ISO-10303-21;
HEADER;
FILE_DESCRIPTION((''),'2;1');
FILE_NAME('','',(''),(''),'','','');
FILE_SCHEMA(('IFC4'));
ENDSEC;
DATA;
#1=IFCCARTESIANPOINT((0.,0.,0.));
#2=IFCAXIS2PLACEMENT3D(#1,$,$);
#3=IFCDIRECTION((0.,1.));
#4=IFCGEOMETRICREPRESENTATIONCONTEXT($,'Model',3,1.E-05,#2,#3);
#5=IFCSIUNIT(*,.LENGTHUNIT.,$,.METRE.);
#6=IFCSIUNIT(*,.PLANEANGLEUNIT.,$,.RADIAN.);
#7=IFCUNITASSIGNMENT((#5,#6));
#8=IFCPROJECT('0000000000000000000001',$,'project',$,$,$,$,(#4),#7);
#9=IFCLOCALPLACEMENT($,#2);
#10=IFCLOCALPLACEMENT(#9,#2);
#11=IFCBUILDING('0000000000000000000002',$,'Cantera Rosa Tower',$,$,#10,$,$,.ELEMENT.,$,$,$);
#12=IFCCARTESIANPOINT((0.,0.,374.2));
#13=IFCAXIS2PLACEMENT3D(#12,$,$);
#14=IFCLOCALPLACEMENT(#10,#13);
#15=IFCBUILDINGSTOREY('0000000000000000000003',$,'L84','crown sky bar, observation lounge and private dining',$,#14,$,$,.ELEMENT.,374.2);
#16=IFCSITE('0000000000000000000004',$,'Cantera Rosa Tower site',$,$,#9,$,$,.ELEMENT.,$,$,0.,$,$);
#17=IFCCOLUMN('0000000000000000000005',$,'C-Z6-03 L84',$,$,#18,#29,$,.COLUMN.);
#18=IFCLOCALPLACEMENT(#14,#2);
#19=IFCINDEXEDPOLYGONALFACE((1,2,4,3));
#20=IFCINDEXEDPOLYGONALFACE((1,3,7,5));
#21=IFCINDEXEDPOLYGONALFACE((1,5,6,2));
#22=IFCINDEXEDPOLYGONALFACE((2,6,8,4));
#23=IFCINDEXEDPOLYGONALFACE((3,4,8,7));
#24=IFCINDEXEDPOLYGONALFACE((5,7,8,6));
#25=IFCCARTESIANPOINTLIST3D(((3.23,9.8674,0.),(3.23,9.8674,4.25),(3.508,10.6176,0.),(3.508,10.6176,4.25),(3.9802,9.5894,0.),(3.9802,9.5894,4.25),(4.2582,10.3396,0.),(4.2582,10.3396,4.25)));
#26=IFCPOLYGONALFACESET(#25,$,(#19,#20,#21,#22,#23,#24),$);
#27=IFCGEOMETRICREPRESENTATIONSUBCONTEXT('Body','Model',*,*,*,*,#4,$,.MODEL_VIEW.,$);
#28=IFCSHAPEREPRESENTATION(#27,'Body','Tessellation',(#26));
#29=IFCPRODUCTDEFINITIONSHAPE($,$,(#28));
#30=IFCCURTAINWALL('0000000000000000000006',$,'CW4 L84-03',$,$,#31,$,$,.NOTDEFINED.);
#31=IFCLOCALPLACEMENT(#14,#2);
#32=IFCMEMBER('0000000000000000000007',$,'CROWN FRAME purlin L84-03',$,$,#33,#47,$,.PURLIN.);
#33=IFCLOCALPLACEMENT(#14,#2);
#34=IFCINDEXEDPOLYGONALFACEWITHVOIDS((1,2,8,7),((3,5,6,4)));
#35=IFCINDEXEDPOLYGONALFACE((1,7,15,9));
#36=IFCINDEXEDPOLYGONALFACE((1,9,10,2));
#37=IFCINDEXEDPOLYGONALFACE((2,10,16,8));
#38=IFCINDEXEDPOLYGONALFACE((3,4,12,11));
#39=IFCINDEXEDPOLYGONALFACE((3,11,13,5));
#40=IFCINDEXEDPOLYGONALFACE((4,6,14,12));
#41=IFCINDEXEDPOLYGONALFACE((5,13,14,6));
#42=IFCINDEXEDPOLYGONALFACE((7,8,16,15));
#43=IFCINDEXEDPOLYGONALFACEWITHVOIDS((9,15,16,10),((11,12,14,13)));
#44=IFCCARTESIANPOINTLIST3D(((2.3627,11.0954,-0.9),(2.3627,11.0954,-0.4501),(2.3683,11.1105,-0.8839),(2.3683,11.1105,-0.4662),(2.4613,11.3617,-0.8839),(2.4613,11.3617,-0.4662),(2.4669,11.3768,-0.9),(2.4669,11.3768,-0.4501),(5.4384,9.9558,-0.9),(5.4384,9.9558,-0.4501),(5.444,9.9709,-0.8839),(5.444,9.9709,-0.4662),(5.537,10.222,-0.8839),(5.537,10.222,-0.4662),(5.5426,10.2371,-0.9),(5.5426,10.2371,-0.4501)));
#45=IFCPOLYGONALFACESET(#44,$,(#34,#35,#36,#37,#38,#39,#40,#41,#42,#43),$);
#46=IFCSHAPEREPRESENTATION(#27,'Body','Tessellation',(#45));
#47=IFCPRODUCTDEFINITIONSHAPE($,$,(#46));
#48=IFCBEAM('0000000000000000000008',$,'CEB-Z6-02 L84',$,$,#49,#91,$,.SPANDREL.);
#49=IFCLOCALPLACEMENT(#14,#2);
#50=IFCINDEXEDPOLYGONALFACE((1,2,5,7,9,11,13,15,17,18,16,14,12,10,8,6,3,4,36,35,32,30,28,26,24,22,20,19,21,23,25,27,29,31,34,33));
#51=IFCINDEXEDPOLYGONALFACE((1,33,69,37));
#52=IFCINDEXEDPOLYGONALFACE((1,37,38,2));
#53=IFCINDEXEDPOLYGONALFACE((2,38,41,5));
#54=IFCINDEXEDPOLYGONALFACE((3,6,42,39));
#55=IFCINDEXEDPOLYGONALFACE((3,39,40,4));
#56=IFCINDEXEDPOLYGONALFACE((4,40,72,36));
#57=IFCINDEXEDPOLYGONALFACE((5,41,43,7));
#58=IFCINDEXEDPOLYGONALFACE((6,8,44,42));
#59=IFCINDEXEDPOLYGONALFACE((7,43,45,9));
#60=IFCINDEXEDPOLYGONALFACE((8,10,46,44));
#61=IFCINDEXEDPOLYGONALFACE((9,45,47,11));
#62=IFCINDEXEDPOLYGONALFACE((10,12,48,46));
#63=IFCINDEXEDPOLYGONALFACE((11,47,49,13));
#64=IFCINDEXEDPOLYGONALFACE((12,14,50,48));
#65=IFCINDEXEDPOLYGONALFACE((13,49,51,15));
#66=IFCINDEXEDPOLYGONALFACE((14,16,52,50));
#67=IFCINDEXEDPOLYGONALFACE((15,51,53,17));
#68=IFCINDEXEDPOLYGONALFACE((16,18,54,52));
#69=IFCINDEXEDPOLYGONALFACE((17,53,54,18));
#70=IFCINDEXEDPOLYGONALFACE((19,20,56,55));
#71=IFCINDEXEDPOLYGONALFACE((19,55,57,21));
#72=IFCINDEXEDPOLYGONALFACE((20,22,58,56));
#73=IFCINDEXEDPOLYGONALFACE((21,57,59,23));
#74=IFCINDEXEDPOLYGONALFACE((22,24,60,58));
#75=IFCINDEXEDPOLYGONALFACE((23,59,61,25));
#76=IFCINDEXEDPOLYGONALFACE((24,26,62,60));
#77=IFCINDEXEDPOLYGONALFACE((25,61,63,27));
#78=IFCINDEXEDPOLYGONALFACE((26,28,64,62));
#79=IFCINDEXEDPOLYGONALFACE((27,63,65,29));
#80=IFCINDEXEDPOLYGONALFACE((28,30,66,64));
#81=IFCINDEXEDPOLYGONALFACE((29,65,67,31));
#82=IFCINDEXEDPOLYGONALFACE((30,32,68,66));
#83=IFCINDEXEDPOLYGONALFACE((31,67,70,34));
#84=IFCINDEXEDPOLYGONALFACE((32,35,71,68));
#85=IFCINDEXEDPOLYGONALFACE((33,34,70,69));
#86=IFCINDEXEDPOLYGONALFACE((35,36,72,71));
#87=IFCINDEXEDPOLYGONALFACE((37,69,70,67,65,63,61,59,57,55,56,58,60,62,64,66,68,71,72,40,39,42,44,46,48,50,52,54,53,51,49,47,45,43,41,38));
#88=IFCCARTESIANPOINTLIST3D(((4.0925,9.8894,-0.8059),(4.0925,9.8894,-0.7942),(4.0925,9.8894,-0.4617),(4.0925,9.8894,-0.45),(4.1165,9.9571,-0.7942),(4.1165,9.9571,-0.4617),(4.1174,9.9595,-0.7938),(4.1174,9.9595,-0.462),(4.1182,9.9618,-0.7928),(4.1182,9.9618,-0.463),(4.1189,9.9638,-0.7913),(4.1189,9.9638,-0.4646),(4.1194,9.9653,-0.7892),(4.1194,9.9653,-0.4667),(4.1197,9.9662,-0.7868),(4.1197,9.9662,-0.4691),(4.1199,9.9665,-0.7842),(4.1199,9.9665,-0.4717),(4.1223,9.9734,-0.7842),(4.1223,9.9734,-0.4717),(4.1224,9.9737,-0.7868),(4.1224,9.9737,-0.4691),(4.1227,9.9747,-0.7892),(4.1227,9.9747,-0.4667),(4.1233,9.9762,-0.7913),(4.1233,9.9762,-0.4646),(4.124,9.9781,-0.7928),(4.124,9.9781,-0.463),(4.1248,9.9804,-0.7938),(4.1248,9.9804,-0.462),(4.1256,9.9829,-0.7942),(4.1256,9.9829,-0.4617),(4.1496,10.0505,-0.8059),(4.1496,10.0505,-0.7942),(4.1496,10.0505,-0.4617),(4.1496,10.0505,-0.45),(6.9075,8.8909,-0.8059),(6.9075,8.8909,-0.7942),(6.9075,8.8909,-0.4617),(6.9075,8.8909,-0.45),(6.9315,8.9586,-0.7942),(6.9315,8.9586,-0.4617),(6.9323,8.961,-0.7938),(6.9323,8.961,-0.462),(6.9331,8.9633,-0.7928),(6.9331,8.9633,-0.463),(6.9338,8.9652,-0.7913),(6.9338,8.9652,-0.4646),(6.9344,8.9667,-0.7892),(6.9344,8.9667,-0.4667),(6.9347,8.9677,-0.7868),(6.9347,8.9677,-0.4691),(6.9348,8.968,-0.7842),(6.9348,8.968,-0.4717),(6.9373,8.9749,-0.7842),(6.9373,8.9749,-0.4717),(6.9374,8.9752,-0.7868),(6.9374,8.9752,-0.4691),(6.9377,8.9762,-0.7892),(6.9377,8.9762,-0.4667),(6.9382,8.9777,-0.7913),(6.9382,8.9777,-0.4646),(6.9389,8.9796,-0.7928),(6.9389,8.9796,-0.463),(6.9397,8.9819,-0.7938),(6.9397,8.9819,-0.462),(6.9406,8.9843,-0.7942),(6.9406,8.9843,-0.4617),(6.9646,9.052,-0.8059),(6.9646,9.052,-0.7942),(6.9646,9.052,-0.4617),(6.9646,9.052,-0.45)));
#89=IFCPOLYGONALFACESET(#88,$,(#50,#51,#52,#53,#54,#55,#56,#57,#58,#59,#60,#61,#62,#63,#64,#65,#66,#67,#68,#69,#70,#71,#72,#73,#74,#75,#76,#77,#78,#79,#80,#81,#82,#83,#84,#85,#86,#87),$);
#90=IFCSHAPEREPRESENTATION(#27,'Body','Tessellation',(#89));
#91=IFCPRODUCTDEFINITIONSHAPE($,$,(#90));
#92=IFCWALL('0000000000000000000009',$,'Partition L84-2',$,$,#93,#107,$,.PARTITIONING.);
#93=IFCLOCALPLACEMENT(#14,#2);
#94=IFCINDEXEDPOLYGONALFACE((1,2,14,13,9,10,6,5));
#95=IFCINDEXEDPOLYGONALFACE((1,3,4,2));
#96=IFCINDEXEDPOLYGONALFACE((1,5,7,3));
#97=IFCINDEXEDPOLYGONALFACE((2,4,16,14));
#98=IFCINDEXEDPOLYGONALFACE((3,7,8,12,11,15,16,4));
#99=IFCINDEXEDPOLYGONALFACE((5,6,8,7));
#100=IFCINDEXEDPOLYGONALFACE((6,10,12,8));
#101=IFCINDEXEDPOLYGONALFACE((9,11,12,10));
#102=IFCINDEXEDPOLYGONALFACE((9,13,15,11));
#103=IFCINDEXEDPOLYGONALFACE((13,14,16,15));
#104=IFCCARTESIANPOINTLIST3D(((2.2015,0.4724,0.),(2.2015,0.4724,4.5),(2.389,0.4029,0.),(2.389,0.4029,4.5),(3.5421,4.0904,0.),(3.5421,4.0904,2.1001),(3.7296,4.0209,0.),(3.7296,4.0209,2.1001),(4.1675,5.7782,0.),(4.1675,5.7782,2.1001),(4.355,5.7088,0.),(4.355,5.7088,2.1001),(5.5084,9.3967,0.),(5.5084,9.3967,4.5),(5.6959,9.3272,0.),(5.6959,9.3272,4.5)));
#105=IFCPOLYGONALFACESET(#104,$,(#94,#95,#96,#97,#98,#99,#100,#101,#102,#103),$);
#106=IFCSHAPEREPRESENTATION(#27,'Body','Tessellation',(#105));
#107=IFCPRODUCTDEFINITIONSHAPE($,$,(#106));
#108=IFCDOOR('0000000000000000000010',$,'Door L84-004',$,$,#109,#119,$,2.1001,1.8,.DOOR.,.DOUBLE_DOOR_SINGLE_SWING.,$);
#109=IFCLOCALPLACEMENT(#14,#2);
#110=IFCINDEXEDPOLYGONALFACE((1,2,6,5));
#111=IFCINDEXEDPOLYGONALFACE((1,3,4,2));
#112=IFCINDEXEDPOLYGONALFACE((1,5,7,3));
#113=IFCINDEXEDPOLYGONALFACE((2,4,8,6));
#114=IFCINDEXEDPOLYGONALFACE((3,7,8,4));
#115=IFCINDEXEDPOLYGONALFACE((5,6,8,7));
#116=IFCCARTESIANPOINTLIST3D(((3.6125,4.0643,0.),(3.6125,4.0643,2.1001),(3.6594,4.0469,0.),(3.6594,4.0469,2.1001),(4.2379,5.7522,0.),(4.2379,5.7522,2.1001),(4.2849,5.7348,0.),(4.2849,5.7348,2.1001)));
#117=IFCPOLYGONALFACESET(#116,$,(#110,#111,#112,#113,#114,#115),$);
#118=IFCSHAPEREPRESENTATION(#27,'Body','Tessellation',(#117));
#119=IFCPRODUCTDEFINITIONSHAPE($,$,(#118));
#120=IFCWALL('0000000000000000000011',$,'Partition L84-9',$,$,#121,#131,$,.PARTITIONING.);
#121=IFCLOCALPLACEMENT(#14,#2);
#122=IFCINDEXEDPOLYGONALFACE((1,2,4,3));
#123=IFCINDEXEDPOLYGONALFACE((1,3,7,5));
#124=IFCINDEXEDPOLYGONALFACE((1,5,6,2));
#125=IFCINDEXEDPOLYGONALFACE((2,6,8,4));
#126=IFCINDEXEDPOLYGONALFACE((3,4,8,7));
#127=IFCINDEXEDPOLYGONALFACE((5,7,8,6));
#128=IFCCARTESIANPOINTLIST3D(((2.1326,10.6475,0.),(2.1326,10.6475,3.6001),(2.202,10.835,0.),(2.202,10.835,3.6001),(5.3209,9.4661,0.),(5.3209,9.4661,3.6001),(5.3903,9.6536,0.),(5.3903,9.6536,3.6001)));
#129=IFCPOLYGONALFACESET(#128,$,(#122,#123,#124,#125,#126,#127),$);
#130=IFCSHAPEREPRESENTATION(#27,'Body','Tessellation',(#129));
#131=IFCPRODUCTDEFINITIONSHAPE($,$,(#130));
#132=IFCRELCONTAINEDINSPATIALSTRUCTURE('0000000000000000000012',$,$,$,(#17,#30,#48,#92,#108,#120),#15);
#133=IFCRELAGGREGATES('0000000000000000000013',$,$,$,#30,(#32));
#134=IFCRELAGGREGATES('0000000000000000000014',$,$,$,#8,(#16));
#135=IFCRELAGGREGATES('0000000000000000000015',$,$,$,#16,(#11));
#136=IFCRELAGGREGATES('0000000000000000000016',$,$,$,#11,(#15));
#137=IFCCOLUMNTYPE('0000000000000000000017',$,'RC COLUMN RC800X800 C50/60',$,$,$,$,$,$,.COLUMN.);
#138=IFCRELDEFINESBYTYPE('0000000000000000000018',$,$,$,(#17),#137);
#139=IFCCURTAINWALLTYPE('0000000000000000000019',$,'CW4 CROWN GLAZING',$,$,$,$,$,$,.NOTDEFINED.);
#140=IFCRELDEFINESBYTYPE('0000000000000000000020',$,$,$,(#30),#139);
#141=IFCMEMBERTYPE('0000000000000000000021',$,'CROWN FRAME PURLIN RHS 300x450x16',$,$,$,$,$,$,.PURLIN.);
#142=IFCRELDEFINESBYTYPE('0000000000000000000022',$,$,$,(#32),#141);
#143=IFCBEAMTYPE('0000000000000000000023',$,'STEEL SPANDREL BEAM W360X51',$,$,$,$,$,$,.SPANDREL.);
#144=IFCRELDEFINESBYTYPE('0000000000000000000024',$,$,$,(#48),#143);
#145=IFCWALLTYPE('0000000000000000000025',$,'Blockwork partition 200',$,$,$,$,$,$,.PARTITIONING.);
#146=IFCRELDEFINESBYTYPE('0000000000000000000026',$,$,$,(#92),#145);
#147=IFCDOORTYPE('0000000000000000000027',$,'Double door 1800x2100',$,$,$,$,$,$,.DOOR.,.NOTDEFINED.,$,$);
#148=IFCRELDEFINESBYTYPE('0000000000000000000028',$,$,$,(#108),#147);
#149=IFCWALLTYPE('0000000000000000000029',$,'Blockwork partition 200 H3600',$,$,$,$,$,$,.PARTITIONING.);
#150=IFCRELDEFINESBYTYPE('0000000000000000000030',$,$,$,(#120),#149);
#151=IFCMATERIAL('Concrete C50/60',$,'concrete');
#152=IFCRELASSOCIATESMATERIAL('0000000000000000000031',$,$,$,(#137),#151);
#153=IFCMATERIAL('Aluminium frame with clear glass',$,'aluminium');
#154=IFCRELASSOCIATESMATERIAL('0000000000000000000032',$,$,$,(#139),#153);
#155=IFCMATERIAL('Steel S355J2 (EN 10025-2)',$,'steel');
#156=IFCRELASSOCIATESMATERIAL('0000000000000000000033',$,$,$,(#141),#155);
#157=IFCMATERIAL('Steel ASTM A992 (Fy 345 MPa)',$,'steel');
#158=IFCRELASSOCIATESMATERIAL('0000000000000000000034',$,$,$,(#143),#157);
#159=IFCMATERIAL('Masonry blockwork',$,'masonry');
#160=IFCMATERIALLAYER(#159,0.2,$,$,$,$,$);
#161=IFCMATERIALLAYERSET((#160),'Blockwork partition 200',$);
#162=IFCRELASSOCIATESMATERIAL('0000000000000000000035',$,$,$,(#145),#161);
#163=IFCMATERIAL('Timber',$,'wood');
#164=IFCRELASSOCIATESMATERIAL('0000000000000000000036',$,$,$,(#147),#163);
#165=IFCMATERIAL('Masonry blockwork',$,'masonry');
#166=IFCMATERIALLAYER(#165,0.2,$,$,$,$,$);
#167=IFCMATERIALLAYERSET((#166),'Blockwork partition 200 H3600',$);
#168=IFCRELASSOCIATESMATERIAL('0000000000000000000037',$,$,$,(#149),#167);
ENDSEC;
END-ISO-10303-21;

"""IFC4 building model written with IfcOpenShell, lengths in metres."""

from ifc_helpers import new_model, si_unit, direction, frame, frame_2d, origin, origin_2d, place, context, subcontext, project, spatial, rectangle, hollow_rectangle, i_section, extrude, material, layer, layer_set, material_profile, profile_set, type_object, element, fill, aggregate, save


model = new_model("IFC4")

# Units and contexts
model_context = context("Model", 3, precision=1e-05, world=origin(), true_north=direction((0.0, 1.0)))
body_context = subcontext(model_context, "Body", "Model", "MODEL_VIEW")
ifc_project = project(units=[si_unit("LENGTHUNIT", "METRE"), si_unit("PLANEANGLEUNIT", "RADIAN")], contexts=[model_context])

# Site, building, storey
site_placement = place(None, origin())
site = spatial("IfcSite", under=ifc_project, at=site_placement, Name="Cantera Rosa Tower site", CompositionType="ELEMENT", RefElevation=0.0)
building_placement = place(site_placement, origin())
building = spatial("IfcBuilding", under=site, at=building_placement, Name="Cantera Rosa Tower", CompositionType="ELEMENT")
storey_placement = place(building_placement, frame((0.0, 0.0, 374.2)))
storey = spatial("IfcBuildingStorey", under=building, at=storey_placement, Name="L84", Description="crown sky bar, observation lounge and private dining", CompositionType="ELEMENT", Elevation=374.2)

# Column
ifc_material_1 = material(Name="Concrete C50/60", Category="concrete")
ifc_material_profile_1 = material_profile(ifc_material_1, rectangle(XDim=0.8, YDim=0.8, at=origin_2d()), Name="RC COLUMN RC800X800 C50/60")
ifc_profile_set_1 = profile_set([ifc_material_profile_1], Name="Concrete C50/60")
column_type = type_object("IfcColumnType", Name="RC COLUMN RC800X800 C50/60", PredefinedType="COLUMN", material=ifc_profile_set_1)
column_placement = place(storey_placement, frame((3.7441, 10.1035, 0.0), z_axis=(0.0, 0.0, 1.0), x_axis=(0.347481, 0.937687, 0.0)))
element("IfcColumn", 1, at=column_placement, inside=storey, type_object=column_type, Name="C-Z6-03 L84", PredefinedType="COLUMN", context=body_context, shape_type="SweptSolid", body=[
    extrude(rectangle(XDim=0.8, YDim=0.8, at=origin_2d()), origin(), (0.0, 0.0, 1.0), 4.25),
])

# Curtain wall, member
ifc_material_2 = material(Name="Aluminium frame with clear glass", Category="aluminium")
curtain_wall_type = type_object("IfcCurtainWallType", Name="CW4 CROWN GLAZING", PredefinedType="NOTDEFINED", material=ifc_material_2)
curtain_wall_1_placement = place(storey_placement, origin())
curtain_wall_1 = element("IfcCurtainWall", 2, at=curtain_wall_1_placement, inside=storey, type_object=curtain_wall_type, Name="CW4 L84-03", PredefinedType="NOTDEFINED")
ifc_material_3 = material(Name="Steel S355J2 (EN 10025-2)", Category="steel")
ifc_material_profile_2 = material_profile(ifc_material_3, hollow_rectangle(XDim=0.3, YDim=0.45, WallThickness=0.0161, at=origin_2d()), Name="CROWN FRAME PURLIN RHS 300x450x16")
ifc_profile_set_2 = profile_set([ifc_material_profile_2], Name="Steel S355J2 (EN 10025-2)")
member_type = type_object("IfcMemberType", Name="CROWN FRAME PURLIN RHS 300x450x16", PredefinedType="PURLIN", material=ifc_profile_set_2)
member_placement = place(storey_placement, frame((5.4905, 10.0964, -0.675), z_axis=(-0.937698, 0.34745, 0.0), x_axis=(-0.34745, -0.937698, 0.0)))
member = element("IfcMember", 3, at=member_placement, type_object=member_type, Name="CROWN FRAME purlin L84-03", PredefinedType="PURLIN", context=body_context, shape_type="SweptSolid", body=[
    extrude(hollow_rectangle(XDim=0.3, YDim=0.45, WallThickness=0.0161, at=origin_2d()), origin(), (0.0, 0.0, 1.0), 3.28),
])
aggregate(curtain_wall_1, [member])

# Beam
ifc_material_4 = material(Name="Steel ASTM A992 (Fy 345 MPa)", Category="steel")
ifc_material_profile_3 = material_profile(ifc_material_4, i_section(OverallWidth=0.1709, OverallDepth=0.356, WebThickness=0.0073, FlangeThickness=0.0117, FilletRadius=0.01, at=origin_2d()), Name="W360X51")
ifc_profile_set_3 = profile_set([ifc_material_profile_3], Name="Steel ASTM A992 (Fy 345 MPa)")
beam_type = type_object("IfcBeamType", Name="STEEL SPANDREL BEAM W360X51", PredefinedType="SPANDREL", material=ifc_profile_set_3)
beam_placement = place(storey_placement, frame((6.936, 8.9714, -0.6279), z_axis=(-0.942461, 0.334316, 0.0), x_axis=(-0.334316, -0.942461, 0.0)))
element("IfcBeam", 4, at=beam_placement, inside=storey, type_object=beam_type, Name="CEB-Z6-02 L84", PredefinedType="SPANDREL", context=body_context, shape_type="SweptSolid", body=[
    extrude(i_section(OverallWidth=0.1709, OverallDepth=0.356, WebThickness=0.0073, FlangeThickness=0.0117, FilletRadius=0.01, at=origin_2d()), origin(), (0.0, 0.0, 1.0), 2.9868),
])

# Wall, opening, door
ifc_material_5 = material(Name="Masonry blockwork", Category="masonry")
ifc_layer_1 = layer(ifc_material_5, 0.2)
ifc_layer_set_1 = layer_set([ifc_layer_1], Name="Blockwork partition 200")
wall_type_1 = type_object("IfcWallType", Name="Blockwork partition 200", PredefinedType="PARTITIONING", material=ifc_layer_set_1)
wall_1_placement = place(storey_placement, frame((2.2952, 0.4375, 0.0), z_axis=(0.0, 0.0, 1.0), x_axis=(0.347461, 0.937695, 0.0)))
wall_1 = element("IfcWall", 5, at=wall_1_placement, inside=storey, type_object=wall_type_1, Name="Partition L84-2", PredefinedType="PARTITIONING", context=body_context, shape_type="SweptSolid", body=[
    extrude(rectangle(XDim=9.5173, YDim=0.2, at=frame_2d((4.7588, 0.0))), origin(), (0.0, 0.0, 1.0), 4.5),
])
opening_1_placement = place(wall_1_placement, frame((3.8586, 0.0, 0.0)))
opening_1 = element("IfcOpeningElement", 6, at=opening_1_placement, cuts=wall_1, PredefinedType="OPENING", context=body_context, shape_type="SweptSolid", body=[
    extrude(rectangle(XDim=1.8, YDim=2.1001, at=frame_2d((0.8999, 1.05))), frame((0.0, 0.1099, 0.0), z_axis=(0.0, -1.0, 0.0), x_axis=(1.0, 0.0, 0.0)), (0.0, 0.0, 1.0), 0.22),
])
ifc_material_6 = material(Name="Timber", Category="wood")
door_type_1 = type_object("IfcDoorType", Name="Double door 1800x2100", OperationType="NOTDEFINED", PredefinedType="DOOR", material=ifc_material_6)
door_1_placement = place(opening_1_placement, origin())
door_1 = element("IfcDoor", 7, at=door_1_placement, inside=storey, type_object=door_type_1, Name="Door L84-004", OperationType="DOUBLE_DOOR_SINGLE_SWING", OverallHeight=2.1001, OverallWidth=1.8, PredefinedType="DOOR", context=body_context, shape_type="SweptSolid", body=[
    extrude(rectangle(XDim=1.8, YDim=2.1001, at=frame_2d((0.8999, 1.05))), frame((0.0, 0.0249, 0.0), z_axis=(0.0, -1.0, 0.0), x_axis=(1.0, 0.0, 0.0)), (0.0, 0.0, 1.0), 0.05),
])
fill(opening_1, door_1)

# Wall
ifc_material_7 = material(Name="Masonry blockwork", Category="masonry")
ifc_layer_2 = layer(ifc_material_7, 0.2)
ifc_layer_set_2 = layer_set([ifc_layer_2], Name="Blockwork partition 200 H3600")
wall_type_2 = type_object("IfcWallType", Name="Blockwork partition 200 H3600", PredefinedType="PARTITIONING", material=ifc_layer_set_2)
wall_2_placement = place(storey_placement, frame((5.3557, 9.5598, 0.0), z_axis=(0.0, 0.0, 1.0), x_axis=(-0.937694, 0.347462, 0.0)))
element("IfcWall", 8, at=wall_2_placement, inside=storey, type_object=wall_type_2, Name="Partition L84-9", PredefinedType="PARTITIONING", context=body_context, shape_type="SweptSolid", body=[
    extrude(rectangle(XDim=3.4001, YDim=0.2, at=frame_2d((1.7002, 0.0))), origin(), (0.0, 0.0, 1.0), 3.6001),
])

save(model, "model.ifc")
